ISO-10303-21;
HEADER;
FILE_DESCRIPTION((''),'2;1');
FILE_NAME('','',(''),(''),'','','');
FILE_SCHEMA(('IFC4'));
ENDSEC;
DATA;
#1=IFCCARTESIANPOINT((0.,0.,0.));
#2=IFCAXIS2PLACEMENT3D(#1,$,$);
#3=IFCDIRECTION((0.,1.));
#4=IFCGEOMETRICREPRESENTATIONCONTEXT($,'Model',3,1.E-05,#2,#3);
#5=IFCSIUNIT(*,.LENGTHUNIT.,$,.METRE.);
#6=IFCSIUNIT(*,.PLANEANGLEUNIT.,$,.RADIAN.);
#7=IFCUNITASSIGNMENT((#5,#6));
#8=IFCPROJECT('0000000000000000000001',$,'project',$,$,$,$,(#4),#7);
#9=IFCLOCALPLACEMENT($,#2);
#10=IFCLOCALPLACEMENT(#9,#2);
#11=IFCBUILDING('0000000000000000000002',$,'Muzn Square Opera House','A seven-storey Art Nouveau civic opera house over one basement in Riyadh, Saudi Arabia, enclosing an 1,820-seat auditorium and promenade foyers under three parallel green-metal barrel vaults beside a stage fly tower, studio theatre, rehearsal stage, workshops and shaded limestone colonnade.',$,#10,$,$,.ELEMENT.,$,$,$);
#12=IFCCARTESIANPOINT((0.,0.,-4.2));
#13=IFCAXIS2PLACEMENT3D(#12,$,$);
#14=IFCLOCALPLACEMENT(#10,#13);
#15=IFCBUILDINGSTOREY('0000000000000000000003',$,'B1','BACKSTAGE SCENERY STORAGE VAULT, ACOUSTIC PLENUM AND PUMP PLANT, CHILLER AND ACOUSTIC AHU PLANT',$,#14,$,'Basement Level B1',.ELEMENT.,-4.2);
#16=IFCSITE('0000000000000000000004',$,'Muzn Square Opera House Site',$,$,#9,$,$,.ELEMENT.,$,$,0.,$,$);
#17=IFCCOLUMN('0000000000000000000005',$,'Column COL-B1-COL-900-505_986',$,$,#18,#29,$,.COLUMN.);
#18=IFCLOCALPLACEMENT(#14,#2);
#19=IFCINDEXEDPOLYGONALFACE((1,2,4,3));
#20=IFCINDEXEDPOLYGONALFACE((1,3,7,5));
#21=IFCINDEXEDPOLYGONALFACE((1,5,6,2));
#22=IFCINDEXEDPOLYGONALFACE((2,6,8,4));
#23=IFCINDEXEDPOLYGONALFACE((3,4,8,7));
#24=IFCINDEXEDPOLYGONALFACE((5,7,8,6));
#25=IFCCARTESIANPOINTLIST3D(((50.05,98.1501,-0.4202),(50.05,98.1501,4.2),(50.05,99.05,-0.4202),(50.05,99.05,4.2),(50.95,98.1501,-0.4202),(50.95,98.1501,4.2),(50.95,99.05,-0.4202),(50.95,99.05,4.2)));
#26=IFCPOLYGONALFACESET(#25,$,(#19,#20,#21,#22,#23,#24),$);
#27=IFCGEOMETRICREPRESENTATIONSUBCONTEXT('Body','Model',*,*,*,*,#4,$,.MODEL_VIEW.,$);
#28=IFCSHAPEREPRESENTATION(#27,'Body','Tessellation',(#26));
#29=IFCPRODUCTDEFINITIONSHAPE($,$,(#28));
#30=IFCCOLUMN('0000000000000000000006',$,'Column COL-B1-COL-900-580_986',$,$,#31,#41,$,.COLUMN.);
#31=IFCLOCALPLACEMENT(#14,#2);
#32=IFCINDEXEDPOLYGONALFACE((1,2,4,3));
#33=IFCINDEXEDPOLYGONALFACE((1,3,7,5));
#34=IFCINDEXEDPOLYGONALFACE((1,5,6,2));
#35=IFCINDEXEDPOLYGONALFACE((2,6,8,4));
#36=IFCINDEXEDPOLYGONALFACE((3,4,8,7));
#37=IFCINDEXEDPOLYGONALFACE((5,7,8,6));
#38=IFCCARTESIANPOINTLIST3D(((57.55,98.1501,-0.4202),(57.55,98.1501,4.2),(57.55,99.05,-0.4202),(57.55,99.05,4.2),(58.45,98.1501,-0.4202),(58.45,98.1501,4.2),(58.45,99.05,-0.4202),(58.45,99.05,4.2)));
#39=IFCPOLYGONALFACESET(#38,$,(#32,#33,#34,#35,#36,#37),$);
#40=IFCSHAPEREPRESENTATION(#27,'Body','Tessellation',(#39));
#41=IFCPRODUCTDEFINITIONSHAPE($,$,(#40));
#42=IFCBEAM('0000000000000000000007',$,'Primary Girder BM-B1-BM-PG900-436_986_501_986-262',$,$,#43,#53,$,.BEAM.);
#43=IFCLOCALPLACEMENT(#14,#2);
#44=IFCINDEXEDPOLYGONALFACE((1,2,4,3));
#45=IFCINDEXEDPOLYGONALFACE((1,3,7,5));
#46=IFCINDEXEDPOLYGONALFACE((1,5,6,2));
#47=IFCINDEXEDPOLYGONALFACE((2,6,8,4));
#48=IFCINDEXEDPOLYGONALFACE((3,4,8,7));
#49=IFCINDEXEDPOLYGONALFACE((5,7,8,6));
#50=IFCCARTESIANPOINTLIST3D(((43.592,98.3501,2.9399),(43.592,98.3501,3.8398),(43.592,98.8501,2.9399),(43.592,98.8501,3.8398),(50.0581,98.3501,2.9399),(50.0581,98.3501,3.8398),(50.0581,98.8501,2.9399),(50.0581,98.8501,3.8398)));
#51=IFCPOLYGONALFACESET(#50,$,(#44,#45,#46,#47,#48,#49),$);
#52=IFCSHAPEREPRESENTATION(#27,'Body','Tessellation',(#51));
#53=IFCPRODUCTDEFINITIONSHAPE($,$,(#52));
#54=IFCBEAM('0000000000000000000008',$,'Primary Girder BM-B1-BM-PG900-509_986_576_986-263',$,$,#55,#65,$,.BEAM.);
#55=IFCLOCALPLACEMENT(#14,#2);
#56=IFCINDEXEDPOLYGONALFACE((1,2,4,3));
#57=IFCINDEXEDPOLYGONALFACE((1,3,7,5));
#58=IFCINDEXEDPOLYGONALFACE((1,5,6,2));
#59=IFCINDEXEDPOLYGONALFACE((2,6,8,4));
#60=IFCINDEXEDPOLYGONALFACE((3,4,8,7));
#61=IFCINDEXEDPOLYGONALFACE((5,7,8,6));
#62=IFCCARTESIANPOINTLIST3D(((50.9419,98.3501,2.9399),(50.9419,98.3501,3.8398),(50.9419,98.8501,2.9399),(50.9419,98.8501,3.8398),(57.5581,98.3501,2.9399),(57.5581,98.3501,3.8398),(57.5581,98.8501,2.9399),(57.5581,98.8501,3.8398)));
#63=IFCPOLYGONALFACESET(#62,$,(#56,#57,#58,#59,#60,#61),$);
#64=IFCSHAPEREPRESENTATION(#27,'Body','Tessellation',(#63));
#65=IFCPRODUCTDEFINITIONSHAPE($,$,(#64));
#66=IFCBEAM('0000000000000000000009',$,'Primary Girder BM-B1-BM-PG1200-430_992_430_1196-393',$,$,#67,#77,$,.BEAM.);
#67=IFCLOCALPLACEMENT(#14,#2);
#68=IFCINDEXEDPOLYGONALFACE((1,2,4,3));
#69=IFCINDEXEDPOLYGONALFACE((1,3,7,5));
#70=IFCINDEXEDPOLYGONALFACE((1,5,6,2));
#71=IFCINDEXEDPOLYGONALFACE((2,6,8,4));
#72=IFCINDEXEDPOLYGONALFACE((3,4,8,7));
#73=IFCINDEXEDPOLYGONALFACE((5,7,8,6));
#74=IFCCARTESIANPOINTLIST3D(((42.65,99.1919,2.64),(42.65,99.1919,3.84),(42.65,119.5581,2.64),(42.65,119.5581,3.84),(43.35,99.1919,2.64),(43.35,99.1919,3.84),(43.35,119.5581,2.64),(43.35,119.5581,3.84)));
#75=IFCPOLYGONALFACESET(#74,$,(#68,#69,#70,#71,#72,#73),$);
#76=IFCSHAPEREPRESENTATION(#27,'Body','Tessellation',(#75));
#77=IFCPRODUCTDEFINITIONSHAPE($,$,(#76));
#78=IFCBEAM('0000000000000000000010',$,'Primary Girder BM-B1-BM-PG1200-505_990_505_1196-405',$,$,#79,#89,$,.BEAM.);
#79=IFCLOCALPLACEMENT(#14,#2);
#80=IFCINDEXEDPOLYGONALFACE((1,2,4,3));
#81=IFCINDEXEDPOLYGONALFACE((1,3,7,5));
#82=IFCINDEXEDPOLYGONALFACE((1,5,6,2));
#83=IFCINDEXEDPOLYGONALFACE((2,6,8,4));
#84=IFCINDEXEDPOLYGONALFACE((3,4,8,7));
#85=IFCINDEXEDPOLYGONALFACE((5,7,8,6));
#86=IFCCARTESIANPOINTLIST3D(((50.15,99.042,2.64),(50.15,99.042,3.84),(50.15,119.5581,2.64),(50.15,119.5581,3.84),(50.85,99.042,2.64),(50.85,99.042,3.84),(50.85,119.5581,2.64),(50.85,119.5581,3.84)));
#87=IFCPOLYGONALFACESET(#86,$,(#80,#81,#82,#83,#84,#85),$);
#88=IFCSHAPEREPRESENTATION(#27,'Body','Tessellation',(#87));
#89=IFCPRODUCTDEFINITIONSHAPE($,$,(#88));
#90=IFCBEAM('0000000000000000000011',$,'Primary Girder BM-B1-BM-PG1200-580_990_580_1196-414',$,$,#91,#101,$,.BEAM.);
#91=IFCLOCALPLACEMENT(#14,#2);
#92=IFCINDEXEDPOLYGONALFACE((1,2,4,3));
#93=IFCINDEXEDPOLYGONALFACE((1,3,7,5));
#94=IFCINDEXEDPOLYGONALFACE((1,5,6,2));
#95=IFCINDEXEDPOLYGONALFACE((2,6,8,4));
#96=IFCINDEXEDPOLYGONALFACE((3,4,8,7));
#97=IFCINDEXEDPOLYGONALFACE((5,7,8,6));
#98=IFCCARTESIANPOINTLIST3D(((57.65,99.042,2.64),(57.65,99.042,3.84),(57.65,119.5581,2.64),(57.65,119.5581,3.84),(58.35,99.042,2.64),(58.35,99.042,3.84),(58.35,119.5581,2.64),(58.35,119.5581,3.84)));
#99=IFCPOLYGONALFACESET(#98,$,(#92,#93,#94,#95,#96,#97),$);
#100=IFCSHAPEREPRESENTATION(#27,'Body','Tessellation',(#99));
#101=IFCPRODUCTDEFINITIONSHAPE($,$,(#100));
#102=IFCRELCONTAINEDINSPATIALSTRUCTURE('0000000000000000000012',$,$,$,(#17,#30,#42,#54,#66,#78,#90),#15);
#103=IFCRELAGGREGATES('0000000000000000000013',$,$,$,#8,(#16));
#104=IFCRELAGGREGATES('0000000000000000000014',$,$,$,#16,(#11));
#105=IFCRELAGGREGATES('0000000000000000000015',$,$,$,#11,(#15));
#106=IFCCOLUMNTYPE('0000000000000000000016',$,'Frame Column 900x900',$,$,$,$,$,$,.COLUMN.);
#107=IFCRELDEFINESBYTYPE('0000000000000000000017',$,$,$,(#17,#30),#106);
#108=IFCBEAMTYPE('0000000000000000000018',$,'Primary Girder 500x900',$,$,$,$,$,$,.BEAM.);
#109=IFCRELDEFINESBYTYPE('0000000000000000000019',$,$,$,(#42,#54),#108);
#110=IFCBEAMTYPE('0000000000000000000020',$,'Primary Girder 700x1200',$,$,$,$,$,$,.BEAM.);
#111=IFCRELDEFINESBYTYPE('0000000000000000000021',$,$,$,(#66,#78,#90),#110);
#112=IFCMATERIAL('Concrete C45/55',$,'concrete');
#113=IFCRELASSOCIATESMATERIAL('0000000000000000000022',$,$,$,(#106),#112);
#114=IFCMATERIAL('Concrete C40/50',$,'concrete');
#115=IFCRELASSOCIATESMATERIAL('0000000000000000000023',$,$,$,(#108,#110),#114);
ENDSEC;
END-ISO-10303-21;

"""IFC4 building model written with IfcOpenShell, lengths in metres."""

from ifc_helpers import new_model, si_unit, direction, frame, origin, origin_2d, place, context, subcontext, project, spatial, rectangle, extrude, material, material_profile, profile_set, type_object, element, save


model = new_model("IFC4")

# Units and contexts
model_context = context("Model", 3, precision=1e-05, world=origin(), true_north=direction((0.0, 1.0)))
body_context = subcontext(model_context, "Body", "Model", "MODEL_VIEW")
ifc_project = project(units=[si_unit("LENGTHUNIT", "METRE"), si_unit("PLANEANGLEUNIT", "RADIAN")], contexts=[model_context])

# Site, building, storey
site_placement = place(None, origin())
site = spatial("IfcSite", under=ifc_project, at=site_placement, Name="Muzn Square Opera House Site", CompositionType="ELEMENT", RefElevation=0.0)
building_placement = place(site_placement, origin())
building = spatial("IfcBuilding", under=site, at=building_placement, Name="Muzn Square Opera House", Description="A seven-storey Art Nouveau civic opera house over one basement in Riyadh, Saudi Arabia, enclosing an 1,820-seat auditorium and promenade foyers under three parallel green-metal barrel vaults beside a stage fly tower, studio theatre, rehearsal stage, workshops and shaded limestone colonnade.", CompositionType="ELEMENT")
storey_placement = place(building_placement, frame((0.0, 0.0, -4.2)))
storey = spatial("IfcBuildingStorey", under=building, at=storey_placement, Name="B1", Description="BACKSTAGE SCENERY STORAGE VAULT, ACOUSTIC PLENUM AND PUMP PLANT, CHILLER AND ACOUSTIC AHU PLANT", LongName="Basement Level B1", CompositionType="ELEMENT", Elevation=-4.2)

# Shared definitions
ifc_material_1 = material(Name="Concrete C40/50", Category="concrete")

# Columns
ifc_material_2 = material(Name="Concrete C45/55", Category="concrete")
ifc_material_profile_1 = material_profile(ifc_material_2, rectangle(XDim=0.8999, YDim=0.8999, at=origin_2d()), Name="RC 900x900", Category="concrete")
ifc_profile_set_1 = profile_set([ifc_material_profile_1], Name="Concrete C45/55")
column_type_1 = type_object("IfcColumnType", Name="Frame Column 900x900", PredefinedType="COLUMN", material=ifc_profile_set_1)
for number, where, z_axis, x_axis, name in (
    (1, (50.5, 98.6001, -0.4202), (0.0, 0.0, 1.0), (1.0, 0.0, 0.0), "Column COL-B1-COL-900-505_986"),
    (2, (58.0, 98.6001, -0.4202), (0.0, 0.0, 1.0), (1.0, 0.0, 0.0), "Column COL-B1-COL-900-580_986"),
):
    element("IfcColumn", number, at=place(storey_placement, frame(where, z_axis=z_axis, x_axis=x_axis)), inside=storey, type_object=column_type_1, Name=name, PredefinedType="COLUMN", context=body_context, shape_type="SweptSolid", body=[
        extrude(rectangle(XDim=0.8999, YDim=0.8999, at=origin_2d()), origin(), (0.0, 0.0, 1.0), 4.6201),
    ])

# Beams
ifc_material_profile_2 = material_profile(ifc_material_1, rectangle(XDim=0.5, YDim=0.8999, at=origin_2d()), Name="RCB 500x900", Category="concrete")
ifc_profile_set_2 = profile_set([ifc_material_profile_2], Name="Concrete C40/50")
beam_type_1 = type_object("IfcBeamType", Name="Primary Girder 500x900", PredefinedType="BEAM", material=ifc_profile_set_2)
beam_1_placement = place(storey_placement, frame((43.592, 98.6001, 3.3899), z_axis=(1.0, 0.0, 0.0), x_axis=(0.0, 1.0, 0.0)))
element("IfcBeam", 3, at=beam_1_placement, inside=storey, type_object=beam_type_1, Name="Primary Girder BM-B1-BM-PG900-436_986_501_986-262", PredefinedType="BEAM", context=body_context, shape_type="SweptSolid", body=[
    extrude(rectangle(XDim=0.5, YDim=0.8999, at=origin_2d()), origin(), (0.0, 0.0, 1.0), 6.4661),
])
beam_2_placement = place(storey_placement, frame((50.9419, 98.6001, 3.3899), z_axis=(1.0, 0.0, 0.0), x_axis=(0.0, 1.0, 0.0)))
element("IfcBeam", 4, at=beam_2_placement, inside=storey, type_object=beam_type_1, Name="Primary Girder BM-B1-BM-PG900-509_986_576_986-263", PredefinedType="BEAM", context=body_context, shape_type="SweptSolid", body=[
    extrude(rectangle(XDim=0.5, YDim=0.8999, at=origin_2d()), origin(), (0.0, 0.0, 1.0), 6.6162),
])
ifc_material_profile_3 = material_profile(ifc_material_1, rectangle(XDim=0.7, YDim=1.2, at=origin_2d()), Name="RCB 700x1200", Category="concrete")
ifc_profile_set_3 = profile_set([ifc_material_profile_3], Name="Concrete C40/50")
beam_type_2 = type_object("IfcBeamType", Name="Primary Girder 700x1200", PredefinedType="BEAM", material=ifc_profile_set_3)
beam_3_placement = place(storey_placement, frame((43.0, 99.1919, 3.24), z_axis=(0.0, 1.0, 0.0), x_axis=(-1.0, 0.0, 0.0)))
element("IfcBeam", 5, at=beam_3_placement, inside=storey, type_object=beam_type_2, Name="Primary Girder BM-B1-BM-PG1200-430_992_430_1196-393", PredefinedType="BEAM", context=body_context, shape_type="SweptSolid", body=[
    extrude(rectangle(XDim=0.7, YDim=1.2, at=origin_2d()), origin(), (0.0, 0.0, 1.0), 20.3662),
])
for number, where, z_axis, x_axis, name in (
    (6, (50.5, 99.042, 3.24), (0.0, 1.0, 0.0), (-1.0, 0.0, 0.0), "Primary Girder BM-B1-BM-PG1200-505_990_505_1196-405"),
    (7, (58.0, 99.042, 3.24), (0.0, 1.0, 0.0), (-1.0, 0.0, 0.0), "Primary Girder BM-B1-BM-PG1200-580_990_580_1196-414"),
):
    element("IfcBeam", number, at=place(storey_placement, frame(where, z_axis=z_axis, x_axis=x_axis)), inside=storey, type_object=beam_type_2, Name=name, PredefinedType="BEAM", context=body_context, shape_type="SweptSolid", body=[
        extrude(rectangle(XDim=0.7, YDim=1.2, at=origin_2d()), origin(), (0.0, 0.0, 1.0), 20.5161),
    ])

save(model, "model.ifc")
